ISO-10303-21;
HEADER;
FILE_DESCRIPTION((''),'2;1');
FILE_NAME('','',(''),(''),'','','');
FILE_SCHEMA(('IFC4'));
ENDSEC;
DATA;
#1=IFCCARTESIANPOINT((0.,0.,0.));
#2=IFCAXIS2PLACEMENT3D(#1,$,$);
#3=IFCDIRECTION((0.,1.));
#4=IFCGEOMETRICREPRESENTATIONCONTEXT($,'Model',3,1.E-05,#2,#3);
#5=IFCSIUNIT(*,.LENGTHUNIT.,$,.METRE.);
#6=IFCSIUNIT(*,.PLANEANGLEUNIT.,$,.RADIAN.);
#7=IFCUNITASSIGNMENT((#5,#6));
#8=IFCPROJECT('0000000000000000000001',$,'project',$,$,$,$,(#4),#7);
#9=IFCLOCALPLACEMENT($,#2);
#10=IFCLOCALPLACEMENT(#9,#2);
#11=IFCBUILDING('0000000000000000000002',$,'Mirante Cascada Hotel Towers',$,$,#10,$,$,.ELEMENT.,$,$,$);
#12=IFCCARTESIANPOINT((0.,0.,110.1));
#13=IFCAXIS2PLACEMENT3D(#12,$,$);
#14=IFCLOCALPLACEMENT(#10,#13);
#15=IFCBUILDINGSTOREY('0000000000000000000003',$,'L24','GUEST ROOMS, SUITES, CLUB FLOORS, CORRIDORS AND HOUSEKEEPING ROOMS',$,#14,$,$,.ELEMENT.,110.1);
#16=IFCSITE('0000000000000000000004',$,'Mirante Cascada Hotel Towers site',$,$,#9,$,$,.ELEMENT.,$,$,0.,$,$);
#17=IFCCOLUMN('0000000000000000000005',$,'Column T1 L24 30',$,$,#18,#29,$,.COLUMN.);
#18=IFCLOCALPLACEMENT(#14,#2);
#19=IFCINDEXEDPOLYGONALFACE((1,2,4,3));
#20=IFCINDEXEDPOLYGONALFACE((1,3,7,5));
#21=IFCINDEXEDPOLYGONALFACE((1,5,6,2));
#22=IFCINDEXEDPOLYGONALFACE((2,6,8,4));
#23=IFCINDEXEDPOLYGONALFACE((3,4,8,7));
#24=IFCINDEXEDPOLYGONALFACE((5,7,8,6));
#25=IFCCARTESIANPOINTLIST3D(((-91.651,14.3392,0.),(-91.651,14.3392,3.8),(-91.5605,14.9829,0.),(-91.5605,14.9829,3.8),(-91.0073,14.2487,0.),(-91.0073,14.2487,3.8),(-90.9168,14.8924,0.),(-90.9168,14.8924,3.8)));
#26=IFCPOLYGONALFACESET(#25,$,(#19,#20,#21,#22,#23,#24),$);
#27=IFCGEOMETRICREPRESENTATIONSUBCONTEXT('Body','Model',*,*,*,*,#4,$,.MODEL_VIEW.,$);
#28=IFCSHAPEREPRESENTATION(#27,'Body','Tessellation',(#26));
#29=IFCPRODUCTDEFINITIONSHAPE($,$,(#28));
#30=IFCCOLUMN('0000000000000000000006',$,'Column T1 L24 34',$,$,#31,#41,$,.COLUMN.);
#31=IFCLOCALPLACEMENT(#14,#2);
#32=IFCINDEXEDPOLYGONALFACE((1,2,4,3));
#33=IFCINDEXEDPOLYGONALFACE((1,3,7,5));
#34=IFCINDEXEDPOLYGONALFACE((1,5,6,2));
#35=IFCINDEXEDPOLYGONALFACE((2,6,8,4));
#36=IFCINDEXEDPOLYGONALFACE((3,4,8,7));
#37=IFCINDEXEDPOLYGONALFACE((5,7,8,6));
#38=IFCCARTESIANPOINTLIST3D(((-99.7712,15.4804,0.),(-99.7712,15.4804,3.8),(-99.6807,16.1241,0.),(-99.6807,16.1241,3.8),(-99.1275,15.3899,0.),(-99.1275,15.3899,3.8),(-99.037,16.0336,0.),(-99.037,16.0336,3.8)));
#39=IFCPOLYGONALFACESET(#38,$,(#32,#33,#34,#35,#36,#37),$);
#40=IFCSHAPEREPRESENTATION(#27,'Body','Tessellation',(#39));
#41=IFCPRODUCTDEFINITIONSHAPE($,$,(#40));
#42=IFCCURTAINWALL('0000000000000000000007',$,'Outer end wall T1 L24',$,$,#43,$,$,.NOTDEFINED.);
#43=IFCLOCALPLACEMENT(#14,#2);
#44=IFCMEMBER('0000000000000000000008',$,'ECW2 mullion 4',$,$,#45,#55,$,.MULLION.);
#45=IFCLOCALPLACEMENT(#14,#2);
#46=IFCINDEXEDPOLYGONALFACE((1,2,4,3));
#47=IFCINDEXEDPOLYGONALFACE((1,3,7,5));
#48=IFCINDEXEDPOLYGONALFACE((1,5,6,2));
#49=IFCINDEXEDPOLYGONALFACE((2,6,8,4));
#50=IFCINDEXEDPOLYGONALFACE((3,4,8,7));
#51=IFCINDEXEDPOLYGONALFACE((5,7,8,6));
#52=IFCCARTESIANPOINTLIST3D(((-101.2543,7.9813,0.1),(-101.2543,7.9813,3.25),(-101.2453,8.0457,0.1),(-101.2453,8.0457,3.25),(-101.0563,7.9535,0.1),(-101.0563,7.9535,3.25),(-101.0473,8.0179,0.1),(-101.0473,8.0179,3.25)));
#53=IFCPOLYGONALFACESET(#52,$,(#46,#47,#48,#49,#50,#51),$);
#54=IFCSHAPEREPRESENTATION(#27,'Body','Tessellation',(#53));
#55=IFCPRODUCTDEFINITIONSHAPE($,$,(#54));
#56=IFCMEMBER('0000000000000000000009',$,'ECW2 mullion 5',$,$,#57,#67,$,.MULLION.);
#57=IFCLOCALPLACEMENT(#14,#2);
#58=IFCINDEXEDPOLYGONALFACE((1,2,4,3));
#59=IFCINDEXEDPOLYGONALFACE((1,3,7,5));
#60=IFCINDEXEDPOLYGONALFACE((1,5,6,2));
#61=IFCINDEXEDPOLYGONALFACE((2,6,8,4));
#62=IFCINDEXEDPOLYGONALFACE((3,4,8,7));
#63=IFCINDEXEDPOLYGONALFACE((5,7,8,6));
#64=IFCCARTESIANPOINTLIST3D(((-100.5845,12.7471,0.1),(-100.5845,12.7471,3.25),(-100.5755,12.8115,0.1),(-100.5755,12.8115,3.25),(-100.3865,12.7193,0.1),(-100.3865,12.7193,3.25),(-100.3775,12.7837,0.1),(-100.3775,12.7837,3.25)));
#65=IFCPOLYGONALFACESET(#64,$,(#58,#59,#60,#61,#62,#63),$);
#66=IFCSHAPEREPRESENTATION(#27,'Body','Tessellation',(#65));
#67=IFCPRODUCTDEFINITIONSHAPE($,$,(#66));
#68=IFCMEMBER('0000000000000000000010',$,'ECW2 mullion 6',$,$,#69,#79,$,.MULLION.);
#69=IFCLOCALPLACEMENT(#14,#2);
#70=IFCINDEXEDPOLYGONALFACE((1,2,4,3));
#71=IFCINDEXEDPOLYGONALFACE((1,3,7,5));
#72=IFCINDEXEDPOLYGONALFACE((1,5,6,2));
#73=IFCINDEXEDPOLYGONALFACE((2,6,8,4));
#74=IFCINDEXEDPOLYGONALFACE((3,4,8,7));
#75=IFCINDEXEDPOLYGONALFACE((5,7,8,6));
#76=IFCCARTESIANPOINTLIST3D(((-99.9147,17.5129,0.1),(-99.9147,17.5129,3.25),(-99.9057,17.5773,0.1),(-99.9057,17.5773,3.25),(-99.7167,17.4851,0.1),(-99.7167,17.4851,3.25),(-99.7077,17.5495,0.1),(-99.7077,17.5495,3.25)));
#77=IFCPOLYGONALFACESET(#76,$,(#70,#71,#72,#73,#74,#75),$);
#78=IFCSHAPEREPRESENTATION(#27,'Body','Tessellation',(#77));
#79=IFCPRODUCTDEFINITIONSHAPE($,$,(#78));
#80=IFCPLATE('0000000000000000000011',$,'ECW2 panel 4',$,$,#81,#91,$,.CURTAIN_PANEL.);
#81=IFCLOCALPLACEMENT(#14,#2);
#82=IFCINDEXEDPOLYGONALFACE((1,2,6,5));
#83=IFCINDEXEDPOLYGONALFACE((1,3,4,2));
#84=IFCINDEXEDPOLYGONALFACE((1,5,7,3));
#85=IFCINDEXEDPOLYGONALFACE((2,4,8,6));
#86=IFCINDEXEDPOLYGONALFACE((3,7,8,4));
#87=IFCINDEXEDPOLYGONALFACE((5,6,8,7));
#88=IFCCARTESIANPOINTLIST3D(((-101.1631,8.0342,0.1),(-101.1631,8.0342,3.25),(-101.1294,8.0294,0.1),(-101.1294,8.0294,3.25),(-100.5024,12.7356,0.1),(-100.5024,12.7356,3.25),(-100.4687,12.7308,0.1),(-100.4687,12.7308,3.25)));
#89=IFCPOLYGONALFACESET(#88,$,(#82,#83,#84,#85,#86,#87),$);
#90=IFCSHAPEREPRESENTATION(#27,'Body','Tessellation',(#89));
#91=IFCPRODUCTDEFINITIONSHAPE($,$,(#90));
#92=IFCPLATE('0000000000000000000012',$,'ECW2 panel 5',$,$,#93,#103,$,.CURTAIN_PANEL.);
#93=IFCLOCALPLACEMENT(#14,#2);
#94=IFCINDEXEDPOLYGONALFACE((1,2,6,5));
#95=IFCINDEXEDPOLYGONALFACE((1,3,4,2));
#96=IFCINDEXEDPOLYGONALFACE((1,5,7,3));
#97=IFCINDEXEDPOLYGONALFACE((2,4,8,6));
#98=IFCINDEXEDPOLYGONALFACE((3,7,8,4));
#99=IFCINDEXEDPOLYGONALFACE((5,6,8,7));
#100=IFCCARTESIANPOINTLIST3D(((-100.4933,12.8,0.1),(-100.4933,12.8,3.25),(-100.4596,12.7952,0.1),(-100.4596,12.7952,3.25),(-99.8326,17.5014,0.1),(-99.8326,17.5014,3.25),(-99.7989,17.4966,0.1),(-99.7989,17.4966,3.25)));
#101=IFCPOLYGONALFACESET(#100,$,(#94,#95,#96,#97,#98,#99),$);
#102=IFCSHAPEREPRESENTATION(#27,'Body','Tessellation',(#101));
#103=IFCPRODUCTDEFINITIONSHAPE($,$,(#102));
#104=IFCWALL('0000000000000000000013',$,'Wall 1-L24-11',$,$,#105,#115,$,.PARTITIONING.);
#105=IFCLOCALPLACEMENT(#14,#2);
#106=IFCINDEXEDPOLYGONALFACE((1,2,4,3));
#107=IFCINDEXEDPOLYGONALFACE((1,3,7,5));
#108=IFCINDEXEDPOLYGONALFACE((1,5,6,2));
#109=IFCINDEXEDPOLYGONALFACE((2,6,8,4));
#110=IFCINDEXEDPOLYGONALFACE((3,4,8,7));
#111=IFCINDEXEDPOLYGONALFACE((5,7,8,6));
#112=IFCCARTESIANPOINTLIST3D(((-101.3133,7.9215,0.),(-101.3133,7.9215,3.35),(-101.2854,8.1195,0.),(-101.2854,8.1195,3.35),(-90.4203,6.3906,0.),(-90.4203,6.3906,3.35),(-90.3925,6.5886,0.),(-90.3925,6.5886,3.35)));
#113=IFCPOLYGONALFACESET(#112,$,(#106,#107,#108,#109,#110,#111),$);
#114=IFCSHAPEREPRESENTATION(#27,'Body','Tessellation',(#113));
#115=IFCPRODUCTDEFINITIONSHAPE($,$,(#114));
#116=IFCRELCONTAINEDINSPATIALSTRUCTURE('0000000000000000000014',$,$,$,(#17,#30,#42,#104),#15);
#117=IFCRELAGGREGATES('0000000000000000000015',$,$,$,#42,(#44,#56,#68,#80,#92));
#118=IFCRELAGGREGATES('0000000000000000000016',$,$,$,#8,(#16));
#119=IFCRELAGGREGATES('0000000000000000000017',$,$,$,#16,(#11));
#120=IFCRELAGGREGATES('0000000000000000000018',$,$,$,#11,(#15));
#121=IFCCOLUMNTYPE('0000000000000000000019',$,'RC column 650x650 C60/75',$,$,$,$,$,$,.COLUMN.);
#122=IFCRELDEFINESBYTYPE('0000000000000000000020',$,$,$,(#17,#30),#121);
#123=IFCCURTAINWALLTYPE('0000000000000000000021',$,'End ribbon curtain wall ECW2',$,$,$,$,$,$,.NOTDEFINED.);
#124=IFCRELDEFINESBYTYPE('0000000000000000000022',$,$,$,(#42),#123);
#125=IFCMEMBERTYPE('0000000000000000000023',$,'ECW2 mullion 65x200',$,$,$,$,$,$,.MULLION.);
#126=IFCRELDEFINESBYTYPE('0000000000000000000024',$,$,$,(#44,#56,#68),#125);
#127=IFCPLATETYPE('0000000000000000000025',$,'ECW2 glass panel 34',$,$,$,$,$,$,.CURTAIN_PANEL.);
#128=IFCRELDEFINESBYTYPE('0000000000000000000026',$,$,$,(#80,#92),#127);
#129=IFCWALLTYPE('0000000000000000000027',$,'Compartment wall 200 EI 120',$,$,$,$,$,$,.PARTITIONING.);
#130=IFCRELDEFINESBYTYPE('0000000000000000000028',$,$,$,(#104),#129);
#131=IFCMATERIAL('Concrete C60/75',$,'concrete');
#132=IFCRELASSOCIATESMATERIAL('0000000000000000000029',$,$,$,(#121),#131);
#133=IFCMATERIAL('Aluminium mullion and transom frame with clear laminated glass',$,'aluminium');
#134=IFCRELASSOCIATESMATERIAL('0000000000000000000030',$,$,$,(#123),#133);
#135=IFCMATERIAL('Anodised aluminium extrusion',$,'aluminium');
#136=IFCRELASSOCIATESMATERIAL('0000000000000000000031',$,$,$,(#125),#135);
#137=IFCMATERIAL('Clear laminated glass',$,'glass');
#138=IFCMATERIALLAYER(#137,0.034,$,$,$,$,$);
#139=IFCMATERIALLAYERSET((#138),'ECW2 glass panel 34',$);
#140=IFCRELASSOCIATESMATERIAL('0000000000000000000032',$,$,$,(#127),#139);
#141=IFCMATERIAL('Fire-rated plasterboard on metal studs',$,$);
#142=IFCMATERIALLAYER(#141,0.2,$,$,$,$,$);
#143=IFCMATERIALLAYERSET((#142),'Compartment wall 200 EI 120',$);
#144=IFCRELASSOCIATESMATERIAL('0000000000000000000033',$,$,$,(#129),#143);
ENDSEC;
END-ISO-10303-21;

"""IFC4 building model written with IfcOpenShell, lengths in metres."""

from ifc_helpers import new_model, si_unit, direction, frame, frame_2d, origin, origin_2d, place, context, subcontext, project, spatial, rectangle, extrude, material, layer, layer_set, material_profile, profile_set, type_object, element, aggregate, save


model = new_model("IFC4")

# Units and contexts
model_context = context("Model", 3, precision=1e-05, world=origin(), true_north=direction((0.0, 1.0)))
body_context = subcontext(model_context, "Body", "Model", "MODEL_VIEW")
ifc_project = project(units=[si_unit("LENGTHUNIT", "METRE"), si_unit("PLANEANGLEUNIT", "RADIAN")], contexts=[model_context])

# Site, building, storey
site_placement = place(None, origin())
site = spatial("IfcSite", under=ifc_project, at=site_placement, Name="Mirante Cascada Hotel Towers site", CompositionType="ELEMENT", RefElevation=0.0)
building_placement = place(site_placement, origin())
building = spatial("IfcBuilding", under=site, at=building_placement, Name="Mirante Cascada Hotel Towers", CompositionType="ELEMENT")
storey_placement = place(building_placement, frame((0.0, 0.0, 110.1)))
storey = spatial("IfcBuildingStorey", under=building, at=storey_placement, Name="L24", Description="GUEST ROOMS, SUITES, CLUB FLOORS, CORRIDORS AND HOUSEKEEPING ROOMS", CompositionType="ELEMENT", Elevation=110.1)

# Columns
ifc_material_1 = material(Name="Concrete C60/75", Category="concrete")
ifc_material_profile_1 = material_profile(ifc_material_1, rectangle(XDim=0.65, YDim=0.65, at=origin_2d()), Name="RC column 650x650 C60/75")
ifc_profile_set_1 = profile_set([ifc_material_profile_1], Name="Concrete C60/75")
column_type = type_object("IfcColumnType", Name="RC column 650x650 C60/75", PredefinedType="COLUMN", material=ifc_profile_set_1)
for number, where, z_axis, x_axis, name in (
    (1, (-91.2839, 14.6158, 0.0), (0.0, 0.0, 1.0), (-0.990268, 0.139173, 0.0), "Column T1 L24 30"),
    (2, (-99.4041, 15.757, 0.0), (0.0, 0.0, 1.0), (-0.990268, 0.139173, 0.0), "Column T1 L24 34"),
):
    element("IfcColumn", number, at=place(storey_placement, frame(where, z_axis=z_axis, x_axis=x_axis)), inside=storey, type_object=column_type, Name=name, PredefinedType="COLUMN", context=body_context, shape_type="SweptSolid", body=[
        extrude(rectangle(XDim=0.65, YDim=0.65, at=origin_2d()), origin(), (0.0, 0.0, 1.0), 3.8),
    ])

# Curtain wall, members, plates
ifc_material_2 = material(Name="Aluminium mullion and transom frame with clear laminated glass", Category="aluminium")
curtain_wall_type = type_object("IfcCurtainWallType", Name="End ribbon curtain wall ECW2", PredefinedType="NOTDEFINED", material=ifc_material_2)
curtain_wall_placement = place(storey_placement, origin())
curtain_wall = element("IfcCurtainWall", 3, at=curtain_wall_placement, inside=storey, type_object=curtain_wall_type, Name="Outer end wall T1 L24", PredefinedType="NOTDEFINED")
ifc_material_3 = material(Name="Anodised aluminium extrusion", Category="aluminium")
ifc_material_profile_2 = material_profile(ifc_material_3, rectangle(XDim=0.2, YDim=0.065, at=origin_2d()), Name="ECW2 MULLION 65x200")
ifc_profile_set_2 = profile_set([ifc_material_profile_2], Name="Anodised aluminium extrusion")
member_type = type_object("IfcMemberType", Name="ECW2 mullion 65x200", PredefinedType="MULLION", material=ifc_profile_set_2)
member_1_placement = place(storey_placement, frame((-101.1508, 7.9996, 0.1), z_axis=(0.0, 0.0, 1.0), x_axis=(-0.990268, 0.139173, 0.0)))
member_1 = element("IfcMember", 4, at=member_1_placement, type_object=member_type, Name="ECW2 mullion 4", PredefinedType="MULLION", context=body_context, shape_type="SweptSolid", body=[
    extrude(rectangle(XDim=0.2, YDim=0.065, at=origin_2d()), origin(), (0.0, 0.0, 1.0), 3.15),
])
member_2_placement = place(storey_placement, frame((-100.481, 12.7654, 0.1), z_axis=(0.0, 0.0, 1.0), x_axis=(-0.990268, 0.139173, 0.0)))
member_2 = element("IfcMember", 5, at=member_2_placement, type_object=member_type, Name="ECW2 mullion 5", PredefinedType="MULLION", context=body_context, shape_type="SweptSolid", body=[
    extrude(rectangle(XDim=0.2, YDim=0.065, at=origin_2d()), origin(), (0.0, 0.0, 1.0), 3.15),
])
member_3_placement = place(storey_placement, frame((-99.8112, 17.5312, 0.1), z_axis=(0.0, 0.0, 1.0), x_axis=(-0.990268, 0.139173, 0.0)))
member_3 = element("IfcMember", 6, at=member_3_placement, type_object=member_type, Name="ECW2 mullion 6", PredefinedType="MULLION", context=body_context, shape_type="SweptSolid", body=[
    extrude(rectangle(XDim=0.2, YDim=0.065, at=origin_2d()), origin(), (0.0, 0.0, 1.0), 3.15),
])
ifc_material_4 = material(Name="Clear laminated glass", Category="glass")
ifc_layer_1 = layer(ifc_material_4, 0.034)
ifc_layer_set_1 = layer_set([ifc_layer_1], Name="ECW2 glass panel 34")
plate_type = type_object("IfcPlateType", Name="ECW2 glass panel 34", PredefinedType="CURTAIN_PANEL", material=ifc_layer_set_1)
plate_1_placement = place(storey_placement, frame((-100.8159, 10.3825, 0.1), z_axis=(0.0, 0.0, 1.0), x_axis=(0.139173, 0.990268, 0.0)))
plate_1 = element("IfcPlate", 7, at=plate_1_placement, type_object=plate_type, Name="ECW2 panel 4", PredefinedType="CURTAIN_PANEL", context=body_context, shape_type="SweptSolid", body=[
    extrude(rectangle(XDim=4.7476, YDim=0.034, at=origin_2d()), origin(), (0.0, 0.0, 1.0), 3.15),
])
plate_2_placement = place(storey_placement, frame((-100.1461, 15.1483, 0.1), z_axis=(0.0, 0.0, 1.0), x_axis=(0.139173, 0.990268, 0.0)))
plate_2 = element("IfcPlate", 8, at=plate_2_placement, type_object=plate_type, Name="ECW2 panel 5", PredefinedType="CURTAIN_PANEL", context=body_context, shape_type="SweptSolid", body=[
    extrude(rectangle(XDim=4.7476, YDim=0.034, at=origin_2d()), origin(), (0.0, 0.0, 1.0), 3.15),
])
aggregate(curtain_wall, [member_1, member_2, member_3, plate_1, plate_2])

# Wall
ifc_material_5 = material(Name="Fire-rated plasterboard on metal studs")
ifc_layer_2 = layer(ifc_material_5, 0.2)
ifc_layer_set_2 = layer_set([ifc_layer_2], Name="Compartment wall 200 EI 120")
wall_type_1 = type_object("IfcWallType", Name="Compartment wall 200 EI 120", PredefinedType="PARTITIONING", material=ifc_layer_set_2)
wall_1_placement = place(storey_placement, frame((-90.4064, 6.4896, 0.0), z_axis=(0.0, 0.0, 1.0), x_axis=(-0.990268, 0.139173, 0.0)))
element("IfcWall", 9, at=wall_1_placement, inside=storey, type_object=wall_type_1, Name="Wall 1-L24-11", PredefinedType="PARTITIONING", context=body_context, shape_type="SweptSolid", body=[
    extrude(rectangle(XDim=11.0, YDim=0.2, at=frame_2d((5.5, 0.0))), origin(), (0.0, 0.0, 1.0), 3.35),
])

save(model, "model.ifc")
